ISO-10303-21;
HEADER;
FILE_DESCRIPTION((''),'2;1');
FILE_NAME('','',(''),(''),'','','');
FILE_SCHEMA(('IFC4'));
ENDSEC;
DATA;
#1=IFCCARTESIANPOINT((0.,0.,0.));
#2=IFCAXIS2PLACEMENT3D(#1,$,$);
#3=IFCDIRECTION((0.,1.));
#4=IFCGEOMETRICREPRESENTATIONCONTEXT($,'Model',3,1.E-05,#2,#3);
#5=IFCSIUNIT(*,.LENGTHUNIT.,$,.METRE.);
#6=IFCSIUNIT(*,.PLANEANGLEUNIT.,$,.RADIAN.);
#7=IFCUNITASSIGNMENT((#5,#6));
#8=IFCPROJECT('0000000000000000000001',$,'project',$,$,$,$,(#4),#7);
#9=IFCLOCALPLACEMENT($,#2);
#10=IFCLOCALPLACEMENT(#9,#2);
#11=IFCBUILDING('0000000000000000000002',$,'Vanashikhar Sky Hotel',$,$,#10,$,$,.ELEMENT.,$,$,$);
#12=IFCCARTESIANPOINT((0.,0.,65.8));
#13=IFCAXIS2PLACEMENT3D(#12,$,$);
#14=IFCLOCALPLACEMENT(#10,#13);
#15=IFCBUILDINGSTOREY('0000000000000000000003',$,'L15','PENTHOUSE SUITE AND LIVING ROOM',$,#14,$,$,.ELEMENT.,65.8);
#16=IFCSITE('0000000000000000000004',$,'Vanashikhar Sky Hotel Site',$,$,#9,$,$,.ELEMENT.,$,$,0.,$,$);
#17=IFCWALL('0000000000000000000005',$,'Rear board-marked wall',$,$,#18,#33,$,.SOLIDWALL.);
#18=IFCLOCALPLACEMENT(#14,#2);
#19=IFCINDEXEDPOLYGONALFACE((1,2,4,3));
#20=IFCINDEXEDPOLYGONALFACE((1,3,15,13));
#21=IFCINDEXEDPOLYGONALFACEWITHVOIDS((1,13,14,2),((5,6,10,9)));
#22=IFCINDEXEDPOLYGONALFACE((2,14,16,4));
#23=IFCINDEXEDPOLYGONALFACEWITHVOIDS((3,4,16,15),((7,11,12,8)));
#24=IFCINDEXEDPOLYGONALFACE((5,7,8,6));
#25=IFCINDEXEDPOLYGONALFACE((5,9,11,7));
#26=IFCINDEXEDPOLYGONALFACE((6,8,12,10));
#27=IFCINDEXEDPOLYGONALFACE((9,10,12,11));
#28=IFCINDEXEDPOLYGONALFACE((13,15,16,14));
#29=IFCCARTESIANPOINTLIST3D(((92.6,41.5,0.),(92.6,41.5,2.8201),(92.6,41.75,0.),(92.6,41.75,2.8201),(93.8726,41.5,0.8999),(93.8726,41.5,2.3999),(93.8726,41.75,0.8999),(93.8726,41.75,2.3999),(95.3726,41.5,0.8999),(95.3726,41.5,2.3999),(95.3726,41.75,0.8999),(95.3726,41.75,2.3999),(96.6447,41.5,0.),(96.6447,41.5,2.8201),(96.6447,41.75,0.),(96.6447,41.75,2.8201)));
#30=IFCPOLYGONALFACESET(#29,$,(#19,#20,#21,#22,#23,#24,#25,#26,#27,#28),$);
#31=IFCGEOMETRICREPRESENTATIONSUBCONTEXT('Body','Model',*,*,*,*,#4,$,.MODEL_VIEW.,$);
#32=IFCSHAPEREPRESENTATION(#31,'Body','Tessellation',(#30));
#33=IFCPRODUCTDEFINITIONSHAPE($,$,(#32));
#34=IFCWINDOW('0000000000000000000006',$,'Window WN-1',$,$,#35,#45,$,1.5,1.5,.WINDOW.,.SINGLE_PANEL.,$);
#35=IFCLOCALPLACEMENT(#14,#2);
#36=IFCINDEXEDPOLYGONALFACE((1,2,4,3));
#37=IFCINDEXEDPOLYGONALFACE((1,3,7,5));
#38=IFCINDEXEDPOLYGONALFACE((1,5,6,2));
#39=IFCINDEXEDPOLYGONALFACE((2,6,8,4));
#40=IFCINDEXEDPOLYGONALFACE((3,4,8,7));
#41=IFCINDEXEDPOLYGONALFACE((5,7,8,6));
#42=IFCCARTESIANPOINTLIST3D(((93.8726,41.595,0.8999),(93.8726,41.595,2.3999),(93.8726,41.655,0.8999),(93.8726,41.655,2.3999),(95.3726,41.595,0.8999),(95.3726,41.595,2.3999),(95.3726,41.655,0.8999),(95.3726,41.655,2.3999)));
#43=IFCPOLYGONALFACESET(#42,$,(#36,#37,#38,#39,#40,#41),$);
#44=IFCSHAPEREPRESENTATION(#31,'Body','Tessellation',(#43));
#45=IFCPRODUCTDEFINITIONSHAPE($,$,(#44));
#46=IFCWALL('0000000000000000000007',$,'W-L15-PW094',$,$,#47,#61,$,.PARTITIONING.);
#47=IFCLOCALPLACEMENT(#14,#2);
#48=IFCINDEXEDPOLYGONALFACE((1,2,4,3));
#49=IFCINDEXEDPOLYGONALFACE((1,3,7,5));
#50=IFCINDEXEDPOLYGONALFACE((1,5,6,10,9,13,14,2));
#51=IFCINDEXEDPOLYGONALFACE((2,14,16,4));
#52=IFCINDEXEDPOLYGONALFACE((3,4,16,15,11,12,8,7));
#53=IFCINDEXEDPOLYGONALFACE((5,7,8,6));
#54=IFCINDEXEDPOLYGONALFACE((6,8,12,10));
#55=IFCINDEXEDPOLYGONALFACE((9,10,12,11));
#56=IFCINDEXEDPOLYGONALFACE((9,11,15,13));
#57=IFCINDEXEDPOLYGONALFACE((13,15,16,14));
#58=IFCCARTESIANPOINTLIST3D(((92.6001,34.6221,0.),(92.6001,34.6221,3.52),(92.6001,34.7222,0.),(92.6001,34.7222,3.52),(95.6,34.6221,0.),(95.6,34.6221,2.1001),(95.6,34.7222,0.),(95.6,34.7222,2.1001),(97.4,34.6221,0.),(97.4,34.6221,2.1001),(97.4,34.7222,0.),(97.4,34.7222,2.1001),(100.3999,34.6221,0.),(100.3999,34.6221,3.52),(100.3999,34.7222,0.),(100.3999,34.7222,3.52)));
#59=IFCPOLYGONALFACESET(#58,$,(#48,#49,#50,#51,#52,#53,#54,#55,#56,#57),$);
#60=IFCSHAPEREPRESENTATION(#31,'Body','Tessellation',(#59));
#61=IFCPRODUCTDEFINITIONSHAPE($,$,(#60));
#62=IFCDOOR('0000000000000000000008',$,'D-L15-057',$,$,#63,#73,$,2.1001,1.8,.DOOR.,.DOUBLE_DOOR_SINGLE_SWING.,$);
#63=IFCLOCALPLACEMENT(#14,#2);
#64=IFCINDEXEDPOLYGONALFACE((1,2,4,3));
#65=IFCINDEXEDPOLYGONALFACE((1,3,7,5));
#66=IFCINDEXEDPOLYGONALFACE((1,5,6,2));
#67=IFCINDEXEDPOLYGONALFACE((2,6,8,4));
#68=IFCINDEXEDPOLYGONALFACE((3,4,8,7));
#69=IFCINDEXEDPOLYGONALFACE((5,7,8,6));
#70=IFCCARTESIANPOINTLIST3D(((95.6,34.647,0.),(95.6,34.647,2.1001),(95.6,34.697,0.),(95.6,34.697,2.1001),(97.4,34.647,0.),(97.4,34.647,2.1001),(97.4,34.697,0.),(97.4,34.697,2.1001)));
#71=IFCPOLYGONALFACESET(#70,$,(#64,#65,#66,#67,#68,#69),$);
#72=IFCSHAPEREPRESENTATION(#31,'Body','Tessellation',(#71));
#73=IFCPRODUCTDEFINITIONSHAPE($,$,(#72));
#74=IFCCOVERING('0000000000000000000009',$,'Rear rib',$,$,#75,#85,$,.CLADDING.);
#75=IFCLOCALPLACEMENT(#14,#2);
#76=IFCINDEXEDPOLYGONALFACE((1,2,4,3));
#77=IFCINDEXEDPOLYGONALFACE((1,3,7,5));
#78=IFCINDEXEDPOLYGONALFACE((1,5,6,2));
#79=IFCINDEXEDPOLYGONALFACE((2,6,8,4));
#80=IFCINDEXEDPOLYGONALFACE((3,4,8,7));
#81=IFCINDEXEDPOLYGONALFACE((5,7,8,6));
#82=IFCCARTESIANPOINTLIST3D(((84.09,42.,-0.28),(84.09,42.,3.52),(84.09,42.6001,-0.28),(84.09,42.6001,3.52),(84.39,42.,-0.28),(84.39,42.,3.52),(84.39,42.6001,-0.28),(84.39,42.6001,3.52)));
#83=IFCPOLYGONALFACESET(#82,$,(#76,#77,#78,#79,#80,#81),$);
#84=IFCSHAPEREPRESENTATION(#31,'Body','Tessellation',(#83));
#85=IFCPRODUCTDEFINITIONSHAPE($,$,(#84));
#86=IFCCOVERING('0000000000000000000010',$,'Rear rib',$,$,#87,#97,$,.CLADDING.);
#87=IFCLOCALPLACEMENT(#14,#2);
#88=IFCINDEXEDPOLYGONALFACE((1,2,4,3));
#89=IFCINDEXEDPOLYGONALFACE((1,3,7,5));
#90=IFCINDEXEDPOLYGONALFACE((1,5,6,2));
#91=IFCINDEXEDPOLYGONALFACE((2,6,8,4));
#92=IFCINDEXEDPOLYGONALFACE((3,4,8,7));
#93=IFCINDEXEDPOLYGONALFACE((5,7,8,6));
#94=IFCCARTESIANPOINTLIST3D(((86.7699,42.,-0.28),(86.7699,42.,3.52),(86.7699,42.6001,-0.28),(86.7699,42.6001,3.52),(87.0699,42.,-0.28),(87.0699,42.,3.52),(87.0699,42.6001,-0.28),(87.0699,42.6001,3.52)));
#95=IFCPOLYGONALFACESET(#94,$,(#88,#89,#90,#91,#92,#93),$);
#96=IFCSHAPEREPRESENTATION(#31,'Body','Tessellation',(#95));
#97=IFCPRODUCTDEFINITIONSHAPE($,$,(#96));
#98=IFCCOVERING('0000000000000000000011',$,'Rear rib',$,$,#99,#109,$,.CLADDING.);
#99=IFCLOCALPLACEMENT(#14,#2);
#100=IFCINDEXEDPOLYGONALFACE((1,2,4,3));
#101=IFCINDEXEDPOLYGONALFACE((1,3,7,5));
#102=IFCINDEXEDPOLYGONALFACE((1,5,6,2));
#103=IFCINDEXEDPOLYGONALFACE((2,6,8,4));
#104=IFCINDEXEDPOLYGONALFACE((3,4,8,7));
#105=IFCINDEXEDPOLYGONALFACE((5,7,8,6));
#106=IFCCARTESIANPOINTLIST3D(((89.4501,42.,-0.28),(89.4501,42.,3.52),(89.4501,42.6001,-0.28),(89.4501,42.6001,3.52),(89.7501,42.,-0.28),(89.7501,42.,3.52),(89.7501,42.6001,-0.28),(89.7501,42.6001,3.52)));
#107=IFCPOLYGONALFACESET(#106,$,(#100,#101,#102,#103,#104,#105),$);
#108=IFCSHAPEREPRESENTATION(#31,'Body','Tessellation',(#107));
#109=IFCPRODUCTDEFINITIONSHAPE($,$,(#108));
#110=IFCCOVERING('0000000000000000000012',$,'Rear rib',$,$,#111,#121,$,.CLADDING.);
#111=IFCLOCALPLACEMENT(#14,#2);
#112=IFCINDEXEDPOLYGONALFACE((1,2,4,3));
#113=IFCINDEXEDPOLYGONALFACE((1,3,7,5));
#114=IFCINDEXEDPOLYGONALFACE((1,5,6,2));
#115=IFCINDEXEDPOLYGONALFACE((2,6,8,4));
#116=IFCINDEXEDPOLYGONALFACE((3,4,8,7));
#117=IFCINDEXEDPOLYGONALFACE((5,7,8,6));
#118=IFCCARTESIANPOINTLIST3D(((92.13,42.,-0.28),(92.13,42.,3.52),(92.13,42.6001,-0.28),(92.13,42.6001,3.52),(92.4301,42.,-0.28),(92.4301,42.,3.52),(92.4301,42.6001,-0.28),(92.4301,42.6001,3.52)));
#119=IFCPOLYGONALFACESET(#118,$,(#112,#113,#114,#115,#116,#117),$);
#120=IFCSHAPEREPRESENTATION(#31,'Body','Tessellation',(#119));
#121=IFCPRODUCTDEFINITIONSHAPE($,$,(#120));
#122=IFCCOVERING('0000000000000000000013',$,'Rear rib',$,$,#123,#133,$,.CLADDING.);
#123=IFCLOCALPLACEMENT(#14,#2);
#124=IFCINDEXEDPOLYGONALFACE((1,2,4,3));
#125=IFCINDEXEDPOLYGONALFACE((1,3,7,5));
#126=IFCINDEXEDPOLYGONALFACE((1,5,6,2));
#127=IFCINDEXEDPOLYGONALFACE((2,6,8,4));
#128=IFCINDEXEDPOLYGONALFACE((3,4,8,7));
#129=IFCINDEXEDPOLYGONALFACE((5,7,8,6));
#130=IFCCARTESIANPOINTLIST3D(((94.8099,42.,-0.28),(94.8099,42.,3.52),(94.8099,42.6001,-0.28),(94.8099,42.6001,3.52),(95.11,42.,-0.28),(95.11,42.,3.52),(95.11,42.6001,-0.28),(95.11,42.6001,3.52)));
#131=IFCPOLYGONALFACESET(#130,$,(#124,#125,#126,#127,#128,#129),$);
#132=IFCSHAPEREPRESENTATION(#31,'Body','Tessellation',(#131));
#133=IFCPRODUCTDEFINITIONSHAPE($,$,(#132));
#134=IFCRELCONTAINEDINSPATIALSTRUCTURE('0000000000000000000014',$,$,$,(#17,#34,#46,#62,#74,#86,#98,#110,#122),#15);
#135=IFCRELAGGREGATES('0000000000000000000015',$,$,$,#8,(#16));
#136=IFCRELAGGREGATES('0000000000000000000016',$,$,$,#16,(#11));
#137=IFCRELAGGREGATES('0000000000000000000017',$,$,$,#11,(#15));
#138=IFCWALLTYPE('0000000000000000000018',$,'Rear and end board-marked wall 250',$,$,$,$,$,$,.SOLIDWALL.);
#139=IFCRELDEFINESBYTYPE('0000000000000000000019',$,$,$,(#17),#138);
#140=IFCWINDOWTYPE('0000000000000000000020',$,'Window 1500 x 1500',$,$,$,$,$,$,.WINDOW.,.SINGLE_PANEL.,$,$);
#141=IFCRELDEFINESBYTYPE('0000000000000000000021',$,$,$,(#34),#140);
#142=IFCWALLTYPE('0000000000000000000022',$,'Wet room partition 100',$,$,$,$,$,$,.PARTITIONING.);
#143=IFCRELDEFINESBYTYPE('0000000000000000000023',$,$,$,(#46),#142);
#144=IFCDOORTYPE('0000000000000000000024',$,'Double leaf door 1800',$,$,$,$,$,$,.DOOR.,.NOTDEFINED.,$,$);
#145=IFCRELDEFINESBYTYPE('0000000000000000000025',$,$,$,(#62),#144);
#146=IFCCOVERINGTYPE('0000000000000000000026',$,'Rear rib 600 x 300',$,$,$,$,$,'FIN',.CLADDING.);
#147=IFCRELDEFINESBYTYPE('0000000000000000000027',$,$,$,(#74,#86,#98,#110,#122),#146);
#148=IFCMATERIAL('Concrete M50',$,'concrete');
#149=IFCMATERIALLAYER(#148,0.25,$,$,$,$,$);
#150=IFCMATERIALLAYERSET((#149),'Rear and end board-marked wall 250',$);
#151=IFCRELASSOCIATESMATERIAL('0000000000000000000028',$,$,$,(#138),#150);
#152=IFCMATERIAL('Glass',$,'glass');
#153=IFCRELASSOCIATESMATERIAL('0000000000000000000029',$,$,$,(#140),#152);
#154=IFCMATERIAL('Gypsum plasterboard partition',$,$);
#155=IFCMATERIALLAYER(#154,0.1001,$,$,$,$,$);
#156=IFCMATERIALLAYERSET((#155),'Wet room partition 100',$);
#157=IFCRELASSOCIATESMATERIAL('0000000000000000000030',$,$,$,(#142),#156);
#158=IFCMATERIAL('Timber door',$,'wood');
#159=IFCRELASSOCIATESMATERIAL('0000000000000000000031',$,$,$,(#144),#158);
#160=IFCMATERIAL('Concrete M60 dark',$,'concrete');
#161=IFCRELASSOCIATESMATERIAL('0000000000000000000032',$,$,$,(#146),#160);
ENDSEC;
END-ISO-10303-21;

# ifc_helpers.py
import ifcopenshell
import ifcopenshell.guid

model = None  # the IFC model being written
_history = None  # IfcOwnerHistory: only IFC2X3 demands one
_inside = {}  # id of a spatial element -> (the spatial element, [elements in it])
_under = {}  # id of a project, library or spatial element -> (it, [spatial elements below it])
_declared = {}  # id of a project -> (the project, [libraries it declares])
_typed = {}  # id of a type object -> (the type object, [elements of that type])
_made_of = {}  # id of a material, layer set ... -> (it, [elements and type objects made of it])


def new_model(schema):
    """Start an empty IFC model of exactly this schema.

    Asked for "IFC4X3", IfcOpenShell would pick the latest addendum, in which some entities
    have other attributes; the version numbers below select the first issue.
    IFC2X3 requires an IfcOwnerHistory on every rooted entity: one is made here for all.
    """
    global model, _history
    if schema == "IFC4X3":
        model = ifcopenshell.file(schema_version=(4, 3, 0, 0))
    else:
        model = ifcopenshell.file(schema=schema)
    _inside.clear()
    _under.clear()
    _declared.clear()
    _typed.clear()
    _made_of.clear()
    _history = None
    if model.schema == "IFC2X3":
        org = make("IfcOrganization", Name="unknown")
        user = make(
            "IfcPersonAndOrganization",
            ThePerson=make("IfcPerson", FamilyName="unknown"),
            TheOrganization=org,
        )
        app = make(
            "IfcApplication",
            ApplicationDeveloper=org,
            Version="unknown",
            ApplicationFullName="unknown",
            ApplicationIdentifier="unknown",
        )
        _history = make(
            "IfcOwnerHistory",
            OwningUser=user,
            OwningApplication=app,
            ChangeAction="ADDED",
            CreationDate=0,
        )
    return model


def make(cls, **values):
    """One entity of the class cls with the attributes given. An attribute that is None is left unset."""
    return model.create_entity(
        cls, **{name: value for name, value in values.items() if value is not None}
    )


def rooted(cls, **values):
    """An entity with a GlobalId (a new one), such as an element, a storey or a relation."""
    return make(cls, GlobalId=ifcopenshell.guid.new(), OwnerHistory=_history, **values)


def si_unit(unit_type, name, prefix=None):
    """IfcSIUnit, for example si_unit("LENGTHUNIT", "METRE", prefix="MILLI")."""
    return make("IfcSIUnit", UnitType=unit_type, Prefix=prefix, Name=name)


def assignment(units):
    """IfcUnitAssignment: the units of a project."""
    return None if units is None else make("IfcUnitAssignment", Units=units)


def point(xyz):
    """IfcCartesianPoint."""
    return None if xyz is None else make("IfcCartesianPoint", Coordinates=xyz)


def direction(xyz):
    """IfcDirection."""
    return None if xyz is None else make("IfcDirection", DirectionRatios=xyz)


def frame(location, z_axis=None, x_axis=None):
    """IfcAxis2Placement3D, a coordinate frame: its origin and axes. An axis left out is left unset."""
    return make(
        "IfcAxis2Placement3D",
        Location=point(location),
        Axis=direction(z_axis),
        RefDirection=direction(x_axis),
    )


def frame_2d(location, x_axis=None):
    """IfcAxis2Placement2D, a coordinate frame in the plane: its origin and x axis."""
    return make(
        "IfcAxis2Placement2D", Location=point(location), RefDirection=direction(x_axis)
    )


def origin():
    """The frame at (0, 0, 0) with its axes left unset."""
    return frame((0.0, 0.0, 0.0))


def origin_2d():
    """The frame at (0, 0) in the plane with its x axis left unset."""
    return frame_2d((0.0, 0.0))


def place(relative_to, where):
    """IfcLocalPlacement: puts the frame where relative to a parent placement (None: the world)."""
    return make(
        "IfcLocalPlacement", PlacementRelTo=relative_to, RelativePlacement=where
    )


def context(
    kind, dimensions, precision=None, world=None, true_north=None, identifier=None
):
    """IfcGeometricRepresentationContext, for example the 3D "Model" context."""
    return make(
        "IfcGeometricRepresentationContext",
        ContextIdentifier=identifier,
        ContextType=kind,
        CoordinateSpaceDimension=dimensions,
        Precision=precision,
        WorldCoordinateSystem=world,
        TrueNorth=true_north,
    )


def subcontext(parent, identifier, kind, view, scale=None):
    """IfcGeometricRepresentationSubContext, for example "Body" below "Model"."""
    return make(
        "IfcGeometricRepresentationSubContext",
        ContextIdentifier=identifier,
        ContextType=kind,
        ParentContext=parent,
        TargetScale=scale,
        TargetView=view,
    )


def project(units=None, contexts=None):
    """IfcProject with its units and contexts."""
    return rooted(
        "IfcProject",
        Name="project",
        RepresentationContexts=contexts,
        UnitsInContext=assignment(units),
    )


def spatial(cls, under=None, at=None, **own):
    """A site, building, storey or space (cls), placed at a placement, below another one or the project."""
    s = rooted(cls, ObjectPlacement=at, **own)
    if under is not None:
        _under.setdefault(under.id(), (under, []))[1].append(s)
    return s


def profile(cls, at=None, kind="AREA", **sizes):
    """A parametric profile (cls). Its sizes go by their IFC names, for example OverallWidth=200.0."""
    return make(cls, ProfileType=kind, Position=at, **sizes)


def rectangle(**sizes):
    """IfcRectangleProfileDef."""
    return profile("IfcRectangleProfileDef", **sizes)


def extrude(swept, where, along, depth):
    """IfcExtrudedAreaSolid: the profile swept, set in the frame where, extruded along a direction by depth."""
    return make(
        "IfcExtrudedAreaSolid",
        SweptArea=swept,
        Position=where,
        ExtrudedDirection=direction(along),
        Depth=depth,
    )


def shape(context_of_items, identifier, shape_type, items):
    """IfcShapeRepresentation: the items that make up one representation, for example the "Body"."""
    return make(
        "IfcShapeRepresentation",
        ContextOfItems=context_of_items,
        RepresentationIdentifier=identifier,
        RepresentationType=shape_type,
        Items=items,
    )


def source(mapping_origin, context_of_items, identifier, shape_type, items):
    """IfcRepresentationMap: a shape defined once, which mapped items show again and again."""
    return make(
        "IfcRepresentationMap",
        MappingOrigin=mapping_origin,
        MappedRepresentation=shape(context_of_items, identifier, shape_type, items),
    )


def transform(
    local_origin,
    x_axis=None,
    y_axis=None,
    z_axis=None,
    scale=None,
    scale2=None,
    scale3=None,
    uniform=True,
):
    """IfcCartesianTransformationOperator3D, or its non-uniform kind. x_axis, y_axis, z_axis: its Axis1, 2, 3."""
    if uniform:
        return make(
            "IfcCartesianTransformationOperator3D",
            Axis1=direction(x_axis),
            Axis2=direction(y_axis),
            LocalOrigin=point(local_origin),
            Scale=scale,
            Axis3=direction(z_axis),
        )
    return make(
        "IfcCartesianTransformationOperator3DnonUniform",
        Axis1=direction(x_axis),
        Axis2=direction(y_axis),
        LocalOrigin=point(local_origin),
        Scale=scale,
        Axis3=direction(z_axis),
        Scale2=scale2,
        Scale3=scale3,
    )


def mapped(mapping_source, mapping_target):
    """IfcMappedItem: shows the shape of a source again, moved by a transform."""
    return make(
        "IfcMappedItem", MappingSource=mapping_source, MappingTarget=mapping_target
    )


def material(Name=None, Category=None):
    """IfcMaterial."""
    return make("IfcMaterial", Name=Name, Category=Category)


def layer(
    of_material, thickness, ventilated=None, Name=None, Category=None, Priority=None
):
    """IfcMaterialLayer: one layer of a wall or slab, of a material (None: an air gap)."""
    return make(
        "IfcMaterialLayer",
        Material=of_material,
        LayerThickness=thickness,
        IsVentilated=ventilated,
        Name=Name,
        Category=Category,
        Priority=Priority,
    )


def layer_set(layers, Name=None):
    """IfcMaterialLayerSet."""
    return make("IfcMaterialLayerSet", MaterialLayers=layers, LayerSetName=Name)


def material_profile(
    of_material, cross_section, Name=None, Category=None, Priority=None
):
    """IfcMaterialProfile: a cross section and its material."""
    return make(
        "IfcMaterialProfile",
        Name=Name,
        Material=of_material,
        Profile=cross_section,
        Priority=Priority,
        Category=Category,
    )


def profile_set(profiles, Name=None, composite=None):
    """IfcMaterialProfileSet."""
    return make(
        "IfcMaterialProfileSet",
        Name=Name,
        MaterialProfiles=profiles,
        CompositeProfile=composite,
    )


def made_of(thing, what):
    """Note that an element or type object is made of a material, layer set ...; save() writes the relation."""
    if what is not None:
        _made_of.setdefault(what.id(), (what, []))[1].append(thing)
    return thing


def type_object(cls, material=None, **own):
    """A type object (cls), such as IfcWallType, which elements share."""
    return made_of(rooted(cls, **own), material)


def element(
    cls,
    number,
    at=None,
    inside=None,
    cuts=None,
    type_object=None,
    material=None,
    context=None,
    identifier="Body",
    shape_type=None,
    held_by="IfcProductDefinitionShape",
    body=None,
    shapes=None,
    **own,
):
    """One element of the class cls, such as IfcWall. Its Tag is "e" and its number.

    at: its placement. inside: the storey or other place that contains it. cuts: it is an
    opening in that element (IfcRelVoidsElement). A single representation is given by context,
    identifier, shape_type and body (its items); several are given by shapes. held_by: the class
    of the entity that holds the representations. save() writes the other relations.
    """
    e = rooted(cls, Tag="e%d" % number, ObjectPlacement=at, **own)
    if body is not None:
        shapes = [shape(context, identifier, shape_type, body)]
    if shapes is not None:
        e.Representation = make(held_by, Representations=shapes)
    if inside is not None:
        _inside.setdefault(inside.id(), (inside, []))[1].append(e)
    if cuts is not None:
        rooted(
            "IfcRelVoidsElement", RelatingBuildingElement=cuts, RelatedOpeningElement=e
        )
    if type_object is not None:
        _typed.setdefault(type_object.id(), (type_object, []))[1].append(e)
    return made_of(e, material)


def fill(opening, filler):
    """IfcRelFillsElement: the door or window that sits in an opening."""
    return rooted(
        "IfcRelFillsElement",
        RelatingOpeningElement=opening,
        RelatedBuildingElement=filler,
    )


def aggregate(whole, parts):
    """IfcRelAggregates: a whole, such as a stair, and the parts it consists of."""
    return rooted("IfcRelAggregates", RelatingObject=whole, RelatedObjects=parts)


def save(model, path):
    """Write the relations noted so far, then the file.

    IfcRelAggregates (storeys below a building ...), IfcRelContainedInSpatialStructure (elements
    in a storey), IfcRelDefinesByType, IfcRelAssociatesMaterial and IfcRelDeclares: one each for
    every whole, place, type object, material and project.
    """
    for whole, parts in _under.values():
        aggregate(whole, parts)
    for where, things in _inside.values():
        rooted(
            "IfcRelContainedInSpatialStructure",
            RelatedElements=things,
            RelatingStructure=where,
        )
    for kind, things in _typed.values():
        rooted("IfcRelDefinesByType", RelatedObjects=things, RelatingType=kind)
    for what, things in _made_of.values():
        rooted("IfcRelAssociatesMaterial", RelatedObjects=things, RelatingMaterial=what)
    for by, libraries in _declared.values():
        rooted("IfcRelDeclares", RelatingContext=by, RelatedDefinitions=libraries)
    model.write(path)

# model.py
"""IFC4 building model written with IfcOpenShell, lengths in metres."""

from ifc_helpers import new_model, si_unit, direction, frame, frame_2d, origin, origin_2d, place, context, subcontext, project, spatial, rectangle, extrude, source, transform, mapped, material, layer, layer_set, material_profile, profile_set, type_object, element, fill, save


model = new_model("IFC4")

# Units and contexts
model_context = context("Model", 3, precision=1e-05, world=origin(), true_north=direction((0.0, 1.0)))
body_context = subcontext(model_context, "Body", "Model", "MODEL_VIEW")
ifc_project = project(units=[si_unit("LENGTHUNIT", "METRE"), si_unit("PLANEANGLEUNIT", "RADIAN")], contexts=[model_context])

# Site, building, storey
site_placement = place(None, origin())
site = spatial("IfcSite", under=ifc_project, at=site_placement, Name="Vanashikhar Sky Hotel Site", CompositionType="ELEMENT", RefElevation=0.0)
building_placement = place(site_placement, origin())
building = spatial("IfcBuilding", under=site, at=building_placement, Name="Vanashikhar Sky Hotel", CompositionType="ELEMENT")
storey_placement = place(building_placement, frame((0.0, 0.0, 65.8)))
storey = spatial("IfcBuildingStorey", under=building, at=storey_placement, Name="L15", Description="PENTHOUSE SUITE AND LIVING ROOM", CompositionType="ELEMENT", Elevation=65.8)

# Shared definitions
ifc_material_1 = material(Name="Concrete M50", Category="concrete")

# Wall, opening, window
ifc_material_2 = material(Name="Glass", Category="glass")
ifc_layer_1 = layer(ifc_material_1, 0.25)
ifc_layer_set_1 = layer_set([ifc_layer_1], Name="Rear and end board-marked wall 250")
wall_type_1 = type_object("IfcWallType", Name="Rear and end board-marked wall 250", PredefinedType="SOLIDWALL", material=ifc_layer_set_1)
shared_shape_1 = source(origin(), body_context, "Body", "SweptSolid", [
    extrude(rectangle(XDim=1.5, YDim=1.5, at=frame_2d((0.75, 0.75))), frame((0.0, 0.135, 0.0), z_axis=(0.0, -1.0, 0.0), x_axis=(1.0, 0.0, 0.0)), (0.0, 0.0, 1.0), 0.27),
])
window_type_1 = type_object("IfcWindowType", Name="Window 1500 x 1500", PartitioningType="SINGLE_PANEL", PredefinedType="WINDOW", material=ifc_material_2)
shared_shape_2 = source(origin(), body_context, "Body", "SweptSolid", [
    extrude(rectangle(XDim=1.5, YDim=1.5, at=frame_2d((0.75, 0.75))), frame((0.0, 0.03, 0.0), z_axis=(0.0, -1.0, 0.0), x_axis=(1.0, 0.0, 0.0)), (0.0, 0.0, 1.0), 0.0601),
])
shared_shape_3 = source(origin(), body_context, "Body", "SweptSolid", [
    extrude(rectangle(XDim=4.0447, YDim=0.25, at=frame_2d((2.0225, 0.0))), origin(), (0.0, 0.0, 1.0), 2.8201),
])
wall_1_placement = place(storey_placement, frame((96.6448, 41.625, 0.0), z_axis=(0.0, 0.0, 1.0), x_axis=(-1.0, 0.0, 0.0)))
wall_1 = element("IfcWall", 1, at=wall_1_placement, inside=storey, type_object=wall_type_1, Name="Rear board-marked wall", PredefinedType="SOLIDWALL", context=body_context, shape_type="MappedRepresentation", body=[
    mapped(shared_shape_3, transform((0.0, 0.0, 0.0), scale=1.0)),
])
opening_1_placement = place(wall_1_placement, frame((1.2722, 0.0, 0.8999)))
opening_1 = element("IfcOpeningElement", 2, at=opening_1_placement, cuts=wall_1, PredefinedType="OPENING", context=body_context, shape_type="MappedRepresentation", body=[
    mapped(shared_shape_1, transform((0.0, 0.0, 0.0), scale=1.0)),
])
window_1_placement = place(opening_1_placement, origin())
window_1 = element("IfcWindow", 3, at=window_1_placement, inside=storey, type_object=window_type_1, Name="Window WN-1", OverallHeight=1.5, OverallWidth=1.5, PartitioningType="SINGLE_PANEL", PredefinedType="WINDOW", context=body_context, shape_type="MappedRepresentation", body=[
    mapped(shared_shape_2, transform((0.0, 0.0, 0.0), scale=1.0)),
])
fill(opening_1, window_1)

# Wall, opening, door
ifc_material_3 = material(Name="Gypsum plasterboard partition")
ifc_layer_2 = layer(ifc_material_3, 0.1001)
ifc_layer_set_2 = layer_set([ifc_layer_2], Name="Wet room partition 100")
wall_type_2 = type_object("IfcWallType", Name="Wet room partition 100", PredefinedType="PARTITIONING", material=ifc_layer_set_2)
shared_shape_4 = source(origin(), body_context, "Body", "SweptSolid", [
    extrude(rectangle(XDim=7.7998, YDim=0.1001, at=frame_2d((3.8999, 0.0))), origin(), (0.0, 0.0, 1.0), 3.52),
])
wall_2_placement = place(storey_placement, frame((92.6001, 34.6721, 0.0), z_axis=(0.0, 0.0, 1.0), x_axis=(1.0, 0.0, 0.0)))
wall_2 = element("IfcWall", 4, at=wall_2_placement, inside=storey, type_object=wall_type_2, Name="W-L15-PW094", PredefinedType="PARTITIONING", context=body_context, shape_type="MappedRepresentation", body=[
    mapped(shared_shape_4, transform((0.0, 0.0, 0.0), scale=1.0)),
])
shared_shape_5 = source(origin(), body_context, "Body", "SweptSolid", [
    extrude(rectangle(XDim=1.8, YDim=2.1001, at=frame_2d((0.8999, 1.05))), frame((0.0, 0.0601, 0.0), z_axis=(0.0, -1.0, 0.0), x_axis=(1.0, 0.0, 0.0)), (0.0, 0.0, 1.0), 0.1201),
])
opening_2_placement = place(wall_2_placement, frame((3.0, 0.0, 0.0)))
opening_2 = element("IfcOpeningElement", 5, at=opening_2_placement, cuts=wall_2, PredefinedType="OPENING", context=body_context, shape_type="MappedRepresentation", body=[
    mapped(shared_shape_5, transform((0.0, 0.0, 0.0), scale=1.0)),
])
ifc_material_4 = material(Name="Timber door", Category="wood")
door_type = type_object("IfcDoorType", Name="Double leaf door 1800", OperationType="NOTDEFINED", PredefinedType="DOOR", material=ifc_material_4)
shared_shape_6 = source(origin(), body_context, "Body", "SweptSolid", [
    extrude(rectangle(XDim=1.8, YDim=2.1001, at=frame_2d((0.8999, 1.05))), frame((0.0, 0.0249, 0.0), z_axis=(0.0, -1.0, 0.0), x_axis=(1.0, 0.0, 0.0)), (0.0, 0.0, 1.0), 0.05),
])
door_placement = place(opening_2_placement, origin())
door = element("IfcDoor", 6, at=door_placement, inside=storey, type_object=door_type, Name="D-L15-057", OperationType="DOUBLE_DOOR_SINGLE_SWING", OverallHeight=2.1001, OverallWidth=1.8, PredefinedType="DOOR", context=body_context, shape_type="MappedRepresentation", body=[
    mapped(shared_shape_6, transform((0.0, 0.0, 0.0), scale=1.0)),
])
fill(opening_2, door)

# Coverings
ifc_material_5 = material(Name="Concrete M60 dark", Category="concrete")
ifc_material_profile_1 = material_profile(ifc_material_5, rectangle(XDim=0.6001, YDim=0.3, at=origin_2d()))
ifc_profile_set_1 = profile_set([ifc_material_profile_1], Name="Rear rib 600 x 300")
covering_type = type_object("IfcCoveringType", Name="Rear rib 600 x 300", ElementType="FIN", PredefinedType="CLADDING", material=ifc_profile_set_1)
shared_shape_7 = source(origin(), body_context, "Body", "SweptSolid", [
    extrude(rectangle(XDim=0.6001, YDim=0.3, at=origin_2d()), origin(), (0.0, 0.0, 1.0), 3.8),
])
for number, where, z_axis, x_axis, name in (
    (7, (84.24, 42.3, -0.28), (0.0, 0.0, 1.0), (0.0, 1.0, 0.0), "Rear rib"),
    (8, (86.9199, 42.3, -0.28), (0.0, 0.0, 1.0), (0.0, 1.0, 0.0), "Rear rib"),
    (9, (89.6001, 42.3, -0.28), (0.0, 0.0, 1.0), (0.0, 1.0, 0.0), "Rear rib"),
    (10, (92.28, 42.3, -0.28), (0.0, 0.0, 1.0), (0.0, 1.0, 0.0), "Rear rib"),
    (11, (94.96, 42.3, -0.28), (0.0, 0.0, 1.0), (0.0, 1.0, 0.0), "Rear rib"),
):
    element("IfcCovering", number, at=place(storey_placement, frame(where, z_axis=z_axis, x_axis=x_axis)), inside=storey, type_object=covering_type, Name=name, PredefinedType="CLADDING", context=body_context, shape_type="MappedRepresentation", body=[
        mapped(shared_shape_7, transform((0.0, 0.0, 0.0), scale=1.0)),
    ])

save(model, "model.ifc")
